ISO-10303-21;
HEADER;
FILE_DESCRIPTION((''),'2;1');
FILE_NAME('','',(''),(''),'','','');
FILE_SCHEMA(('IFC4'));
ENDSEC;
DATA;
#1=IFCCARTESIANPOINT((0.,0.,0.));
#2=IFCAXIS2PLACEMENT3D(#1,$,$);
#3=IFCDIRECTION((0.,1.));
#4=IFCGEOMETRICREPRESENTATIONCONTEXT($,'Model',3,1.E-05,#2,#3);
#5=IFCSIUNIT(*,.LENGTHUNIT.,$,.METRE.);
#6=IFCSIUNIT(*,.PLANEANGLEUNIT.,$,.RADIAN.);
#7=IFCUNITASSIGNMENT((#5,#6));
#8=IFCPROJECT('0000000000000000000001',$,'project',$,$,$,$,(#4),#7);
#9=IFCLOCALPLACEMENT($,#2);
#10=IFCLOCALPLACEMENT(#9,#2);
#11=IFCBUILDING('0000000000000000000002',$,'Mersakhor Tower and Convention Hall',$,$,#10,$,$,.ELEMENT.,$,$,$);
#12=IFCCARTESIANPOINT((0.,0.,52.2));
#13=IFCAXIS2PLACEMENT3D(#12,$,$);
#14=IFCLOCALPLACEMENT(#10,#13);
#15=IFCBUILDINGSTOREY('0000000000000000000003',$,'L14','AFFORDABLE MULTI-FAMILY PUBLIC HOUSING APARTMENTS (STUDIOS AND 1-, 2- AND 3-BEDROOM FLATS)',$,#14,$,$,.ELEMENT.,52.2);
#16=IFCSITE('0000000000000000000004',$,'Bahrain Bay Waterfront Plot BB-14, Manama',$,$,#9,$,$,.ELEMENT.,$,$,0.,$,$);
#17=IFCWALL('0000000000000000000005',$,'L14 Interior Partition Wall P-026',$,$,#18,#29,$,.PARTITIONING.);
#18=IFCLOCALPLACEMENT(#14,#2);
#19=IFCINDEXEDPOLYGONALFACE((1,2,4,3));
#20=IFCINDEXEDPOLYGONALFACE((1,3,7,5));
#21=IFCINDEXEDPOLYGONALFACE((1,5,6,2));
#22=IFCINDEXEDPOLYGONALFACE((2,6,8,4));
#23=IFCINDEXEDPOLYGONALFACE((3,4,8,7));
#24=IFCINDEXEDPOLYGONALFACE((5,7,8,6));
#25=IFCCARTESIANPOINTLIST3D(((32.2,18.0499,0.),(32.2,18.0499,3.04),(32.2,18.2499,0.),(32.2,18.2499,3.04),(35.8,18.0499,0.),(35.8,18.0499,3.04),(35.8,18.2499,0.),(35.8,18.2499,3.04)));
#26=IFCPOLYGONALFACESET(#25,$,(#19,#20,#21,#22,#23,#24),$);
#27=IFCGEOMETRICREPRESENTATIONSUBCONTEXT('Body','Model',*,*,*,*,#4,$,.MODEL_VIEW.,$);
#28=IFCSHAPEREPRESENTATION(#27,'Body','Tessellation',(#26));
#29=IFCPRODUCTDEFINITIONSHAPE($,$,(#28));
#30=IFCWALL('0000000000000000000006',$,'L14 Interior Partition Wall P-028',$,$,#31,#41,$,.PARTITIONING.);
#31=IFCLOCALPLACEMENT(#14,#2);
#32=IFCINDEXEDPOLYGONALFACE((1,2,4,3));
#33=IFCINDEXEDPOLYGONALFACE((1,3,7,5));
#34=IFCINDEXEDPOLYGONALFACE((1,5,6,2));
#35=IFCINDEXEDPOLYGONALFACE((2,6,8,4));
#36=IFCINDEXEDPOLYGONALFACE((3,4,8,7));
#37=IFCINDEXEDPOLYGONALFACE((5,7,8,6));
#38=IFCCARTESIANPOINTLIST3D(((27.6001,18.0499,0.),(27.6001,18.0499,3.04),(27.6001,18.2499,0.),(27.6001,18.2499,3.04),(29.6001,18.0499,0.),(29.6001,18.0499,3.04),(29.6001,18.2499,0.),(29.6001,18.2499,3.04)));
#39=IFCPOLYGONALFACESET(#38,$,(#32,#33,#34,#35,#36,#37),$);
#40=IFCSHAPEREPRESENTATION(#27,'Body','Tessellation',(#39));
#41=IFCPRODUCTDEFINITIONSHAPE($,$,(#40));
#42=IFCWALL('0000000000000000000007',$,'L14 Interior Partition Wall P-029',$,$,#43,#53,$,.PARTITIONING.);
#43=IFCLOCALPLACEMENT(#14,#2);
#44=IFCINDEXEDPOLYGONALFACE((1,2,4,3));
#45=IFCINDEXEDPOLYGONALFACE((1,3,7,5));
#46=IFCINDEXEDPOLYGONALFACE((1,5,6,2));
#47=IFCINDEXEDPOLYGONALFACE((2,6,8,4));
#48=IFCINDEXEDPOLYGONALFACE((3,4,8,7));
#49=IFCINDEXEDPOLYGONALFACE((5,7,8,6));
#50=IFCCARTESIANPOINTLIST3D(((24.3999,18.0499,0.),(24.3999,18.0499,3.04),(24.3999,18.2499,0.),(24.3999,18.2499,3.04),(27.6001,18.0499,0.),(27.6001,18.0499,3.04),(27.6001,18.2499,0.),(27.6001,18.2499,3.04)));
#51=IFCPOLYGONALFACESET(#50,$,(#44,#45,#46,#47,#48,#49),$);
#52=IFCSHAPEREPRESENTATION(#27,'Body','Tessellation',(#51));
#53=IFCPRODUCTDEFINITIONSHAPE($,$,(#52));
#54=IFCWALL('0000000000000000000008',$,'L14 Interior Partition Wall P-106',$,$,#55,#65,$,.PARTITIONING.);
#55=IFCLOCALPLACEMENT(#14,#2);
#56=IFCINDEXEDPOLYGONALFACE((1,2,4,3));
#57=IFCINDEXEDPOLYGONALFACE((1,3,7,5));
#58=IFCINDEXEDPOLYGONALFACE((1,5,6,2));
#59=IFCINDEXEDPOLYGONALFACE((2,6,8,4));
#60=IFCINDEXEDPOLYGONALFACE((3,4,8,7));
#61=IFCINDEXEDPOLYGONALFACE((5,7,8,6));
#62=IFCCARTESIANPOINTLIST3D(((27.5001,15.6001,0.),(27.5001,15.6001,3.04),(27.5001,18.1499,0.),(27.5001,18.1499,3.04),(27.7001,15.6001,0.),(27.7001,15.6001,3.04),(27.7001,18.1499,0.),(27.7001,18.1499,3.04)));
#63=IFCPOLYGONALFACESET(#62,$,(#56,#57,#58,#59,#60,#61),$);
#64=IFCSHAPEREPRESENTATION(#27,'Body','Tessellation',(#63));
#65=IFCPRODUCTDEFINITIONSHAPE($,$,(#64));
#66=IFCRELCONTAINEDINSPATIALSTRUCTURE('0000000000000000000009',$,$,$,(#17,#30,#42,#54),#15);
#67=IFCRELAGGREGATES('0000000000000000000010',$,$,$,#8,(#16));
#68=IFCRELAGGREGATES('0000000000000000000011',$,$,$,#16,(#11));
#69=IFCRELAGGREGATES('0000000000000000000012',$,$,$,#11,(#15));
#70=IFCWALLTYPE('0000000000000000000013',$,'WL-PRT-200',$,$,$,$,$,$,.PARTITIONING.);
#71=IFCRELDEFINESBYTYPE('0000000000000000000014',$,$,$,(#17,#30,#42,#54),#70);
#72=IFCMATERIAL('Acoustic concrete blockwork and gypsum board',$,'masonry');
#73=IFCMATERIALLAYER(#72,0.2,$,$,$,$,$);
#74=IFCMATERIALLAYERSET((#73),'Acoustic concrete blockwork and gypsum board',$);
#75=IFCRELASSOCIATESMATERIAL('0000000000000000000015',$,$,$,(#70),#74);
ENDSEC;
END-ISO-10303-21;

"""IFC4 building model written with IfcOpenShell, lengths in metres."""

from ifc_helpers import new_model, si_unit, direction, frame, frame_2d, origin, place, context, subcontext, project, spatial, rectangle, extrude, material, layer, layer_set, type_object, element, save


model = new_model("IFC4")

# Units and contexts
model_context = context("Model", 3, precision=1e-05, world=origin(), true_north=direction((0.0, 1.0)))
body_context = subcontext(model_context, "Body", "Model", "MODEL_VIEW")
ifc_project = project(units=[si_unit("LENGTHUNIT", "METRE"), si_unit("PLANEANGLEUNIT", "RADIAN")], contexts=[model_context])

# Site, building, storey
site_placement = place(None, origin())
site = spatial("IfcSite", under=ifc_project, at=site_placement, Name="Bahrain Bay Waterfront Plot BB-14, Manama", CompositionType="ELEMENT", RefElevation=0.0)
building_placement = place(site_placement, origin())
building = spatial("IfcBuilding", under=site, at=building_placement, Name="Mersakhor Tower and Convention Hall", CompositionType="ELEMENT")
storey_placement = place(building_placement, frame((0.0, 0.0, 52.2)))
storey = spatial("IfcBuildingStorey", under=building, at=storey_placement, Name="L14", Description="AFFORDABLE MULTI-FAMILY PUBLIC HOUSING APARTMENTS (STUDIOS AND 1-, 2- AND 3-BEDROOM FLATS)", CompositionType="ELEMENT", Elevation=52.2)

# Wall
ifc_material_1 = material(Name="Acoustic concrete blockwork and gypsum board", Category="masonry")
ifc_layer_1 = layer(ifc_material_1, 0.2)
ifc_layer_set_1 = layer_set([ifc_layer_1], Name="Acoustic concrete blockwork and gypsum board")
wall_type_1 = type_object("IfcWallType", Name="WL-PRT-200", PredefinedType="PARTITIONING", material=ifc_layer_set_1)
wall_1_placement = place(storey_placement, frame((35.8, 18.1499, 0.0), z_axis=(0.0, 0.0, 1.0), x_axis=(-1.0, 0.0, 0.0)))
element("IfcWall", 1, at=wall_1_placement, inside=storey, type_object=wall_type_1, Name="L14 Interior Partition Wall P-026", PredefinedType="PARTITIONING", context=body_context, shape_type="SweptSolid", body=[
    extrude(rectangle(XDim=3.6001, YDim=0.2, at=frame_2d((1.8, 0.0))), origin(), (0.0, 0.0, 1.0), 3.04),
])

# Walls
wall_2_placement = place(storey_placement, frame((29.6001, 18.1499, 0.0), z_axis=(0.0, 0.0, 1.0), x_axis=(-1.0, 0.0, 0.0)))
element("IfcWall", 2, at=wall_2_placement, inside=storey, type_object=wall_type_1, Name="L14 Interior Partition Wall P-028", PredefinedType="PARTITIONING", context=body_context, shape_type="SweptSolid", body=[
    extrude(rectangle(XDim=2.0, YDim=0.2, at=frame_2d((1.0, 0.0))), origin(), (0.0, 0.0, 1.0), 3.04),
])
wall_3_placement = place(storey_placement, frame((27.6001, 18.1499, 0.0), z_axis=(0.0, 0.0, 1.0), x_axis=(-1.0, 0.0, 0.0)))
element("IfcWall", 3, at=wall_3_placement, inside=storey, type_object=wall_type_1, Name="L14 Interior Partition Wall P-029", PredefinedType="PARTITIONING", context=body_context, shape_type="SweptSolid", body=[
    extrude(rectangle(XDim=3.2002, YDim=0.2, at=frame_2d((1.6001, 0.0))), origin(), (0.0, 0.0, 1.0), 3.04),
])
wall_4_placement = place(storey_placement, frame((27.6001, 18.1499, 0.0), z_axis=(0.0, 0.0, 1.0), x_axis=(0.0, -1.0, 0.0)))
element("IfcWall", 4, at=wall_4_placement, inside=storey, type_object=wall_type_1, Name="L14 Interior Partition Wall P-106", PredefinedType="PARTITIONING", context=body_context, shape_type="SweptSolid", body=[
    extrude(rectangle(XDim=2.5498, YDim=0.2, at=frame_2d((1.2749, 0.0))), origin(), (0.0, 0.0, 1.0), 3.04),
])

save(model, "model.ifc")
